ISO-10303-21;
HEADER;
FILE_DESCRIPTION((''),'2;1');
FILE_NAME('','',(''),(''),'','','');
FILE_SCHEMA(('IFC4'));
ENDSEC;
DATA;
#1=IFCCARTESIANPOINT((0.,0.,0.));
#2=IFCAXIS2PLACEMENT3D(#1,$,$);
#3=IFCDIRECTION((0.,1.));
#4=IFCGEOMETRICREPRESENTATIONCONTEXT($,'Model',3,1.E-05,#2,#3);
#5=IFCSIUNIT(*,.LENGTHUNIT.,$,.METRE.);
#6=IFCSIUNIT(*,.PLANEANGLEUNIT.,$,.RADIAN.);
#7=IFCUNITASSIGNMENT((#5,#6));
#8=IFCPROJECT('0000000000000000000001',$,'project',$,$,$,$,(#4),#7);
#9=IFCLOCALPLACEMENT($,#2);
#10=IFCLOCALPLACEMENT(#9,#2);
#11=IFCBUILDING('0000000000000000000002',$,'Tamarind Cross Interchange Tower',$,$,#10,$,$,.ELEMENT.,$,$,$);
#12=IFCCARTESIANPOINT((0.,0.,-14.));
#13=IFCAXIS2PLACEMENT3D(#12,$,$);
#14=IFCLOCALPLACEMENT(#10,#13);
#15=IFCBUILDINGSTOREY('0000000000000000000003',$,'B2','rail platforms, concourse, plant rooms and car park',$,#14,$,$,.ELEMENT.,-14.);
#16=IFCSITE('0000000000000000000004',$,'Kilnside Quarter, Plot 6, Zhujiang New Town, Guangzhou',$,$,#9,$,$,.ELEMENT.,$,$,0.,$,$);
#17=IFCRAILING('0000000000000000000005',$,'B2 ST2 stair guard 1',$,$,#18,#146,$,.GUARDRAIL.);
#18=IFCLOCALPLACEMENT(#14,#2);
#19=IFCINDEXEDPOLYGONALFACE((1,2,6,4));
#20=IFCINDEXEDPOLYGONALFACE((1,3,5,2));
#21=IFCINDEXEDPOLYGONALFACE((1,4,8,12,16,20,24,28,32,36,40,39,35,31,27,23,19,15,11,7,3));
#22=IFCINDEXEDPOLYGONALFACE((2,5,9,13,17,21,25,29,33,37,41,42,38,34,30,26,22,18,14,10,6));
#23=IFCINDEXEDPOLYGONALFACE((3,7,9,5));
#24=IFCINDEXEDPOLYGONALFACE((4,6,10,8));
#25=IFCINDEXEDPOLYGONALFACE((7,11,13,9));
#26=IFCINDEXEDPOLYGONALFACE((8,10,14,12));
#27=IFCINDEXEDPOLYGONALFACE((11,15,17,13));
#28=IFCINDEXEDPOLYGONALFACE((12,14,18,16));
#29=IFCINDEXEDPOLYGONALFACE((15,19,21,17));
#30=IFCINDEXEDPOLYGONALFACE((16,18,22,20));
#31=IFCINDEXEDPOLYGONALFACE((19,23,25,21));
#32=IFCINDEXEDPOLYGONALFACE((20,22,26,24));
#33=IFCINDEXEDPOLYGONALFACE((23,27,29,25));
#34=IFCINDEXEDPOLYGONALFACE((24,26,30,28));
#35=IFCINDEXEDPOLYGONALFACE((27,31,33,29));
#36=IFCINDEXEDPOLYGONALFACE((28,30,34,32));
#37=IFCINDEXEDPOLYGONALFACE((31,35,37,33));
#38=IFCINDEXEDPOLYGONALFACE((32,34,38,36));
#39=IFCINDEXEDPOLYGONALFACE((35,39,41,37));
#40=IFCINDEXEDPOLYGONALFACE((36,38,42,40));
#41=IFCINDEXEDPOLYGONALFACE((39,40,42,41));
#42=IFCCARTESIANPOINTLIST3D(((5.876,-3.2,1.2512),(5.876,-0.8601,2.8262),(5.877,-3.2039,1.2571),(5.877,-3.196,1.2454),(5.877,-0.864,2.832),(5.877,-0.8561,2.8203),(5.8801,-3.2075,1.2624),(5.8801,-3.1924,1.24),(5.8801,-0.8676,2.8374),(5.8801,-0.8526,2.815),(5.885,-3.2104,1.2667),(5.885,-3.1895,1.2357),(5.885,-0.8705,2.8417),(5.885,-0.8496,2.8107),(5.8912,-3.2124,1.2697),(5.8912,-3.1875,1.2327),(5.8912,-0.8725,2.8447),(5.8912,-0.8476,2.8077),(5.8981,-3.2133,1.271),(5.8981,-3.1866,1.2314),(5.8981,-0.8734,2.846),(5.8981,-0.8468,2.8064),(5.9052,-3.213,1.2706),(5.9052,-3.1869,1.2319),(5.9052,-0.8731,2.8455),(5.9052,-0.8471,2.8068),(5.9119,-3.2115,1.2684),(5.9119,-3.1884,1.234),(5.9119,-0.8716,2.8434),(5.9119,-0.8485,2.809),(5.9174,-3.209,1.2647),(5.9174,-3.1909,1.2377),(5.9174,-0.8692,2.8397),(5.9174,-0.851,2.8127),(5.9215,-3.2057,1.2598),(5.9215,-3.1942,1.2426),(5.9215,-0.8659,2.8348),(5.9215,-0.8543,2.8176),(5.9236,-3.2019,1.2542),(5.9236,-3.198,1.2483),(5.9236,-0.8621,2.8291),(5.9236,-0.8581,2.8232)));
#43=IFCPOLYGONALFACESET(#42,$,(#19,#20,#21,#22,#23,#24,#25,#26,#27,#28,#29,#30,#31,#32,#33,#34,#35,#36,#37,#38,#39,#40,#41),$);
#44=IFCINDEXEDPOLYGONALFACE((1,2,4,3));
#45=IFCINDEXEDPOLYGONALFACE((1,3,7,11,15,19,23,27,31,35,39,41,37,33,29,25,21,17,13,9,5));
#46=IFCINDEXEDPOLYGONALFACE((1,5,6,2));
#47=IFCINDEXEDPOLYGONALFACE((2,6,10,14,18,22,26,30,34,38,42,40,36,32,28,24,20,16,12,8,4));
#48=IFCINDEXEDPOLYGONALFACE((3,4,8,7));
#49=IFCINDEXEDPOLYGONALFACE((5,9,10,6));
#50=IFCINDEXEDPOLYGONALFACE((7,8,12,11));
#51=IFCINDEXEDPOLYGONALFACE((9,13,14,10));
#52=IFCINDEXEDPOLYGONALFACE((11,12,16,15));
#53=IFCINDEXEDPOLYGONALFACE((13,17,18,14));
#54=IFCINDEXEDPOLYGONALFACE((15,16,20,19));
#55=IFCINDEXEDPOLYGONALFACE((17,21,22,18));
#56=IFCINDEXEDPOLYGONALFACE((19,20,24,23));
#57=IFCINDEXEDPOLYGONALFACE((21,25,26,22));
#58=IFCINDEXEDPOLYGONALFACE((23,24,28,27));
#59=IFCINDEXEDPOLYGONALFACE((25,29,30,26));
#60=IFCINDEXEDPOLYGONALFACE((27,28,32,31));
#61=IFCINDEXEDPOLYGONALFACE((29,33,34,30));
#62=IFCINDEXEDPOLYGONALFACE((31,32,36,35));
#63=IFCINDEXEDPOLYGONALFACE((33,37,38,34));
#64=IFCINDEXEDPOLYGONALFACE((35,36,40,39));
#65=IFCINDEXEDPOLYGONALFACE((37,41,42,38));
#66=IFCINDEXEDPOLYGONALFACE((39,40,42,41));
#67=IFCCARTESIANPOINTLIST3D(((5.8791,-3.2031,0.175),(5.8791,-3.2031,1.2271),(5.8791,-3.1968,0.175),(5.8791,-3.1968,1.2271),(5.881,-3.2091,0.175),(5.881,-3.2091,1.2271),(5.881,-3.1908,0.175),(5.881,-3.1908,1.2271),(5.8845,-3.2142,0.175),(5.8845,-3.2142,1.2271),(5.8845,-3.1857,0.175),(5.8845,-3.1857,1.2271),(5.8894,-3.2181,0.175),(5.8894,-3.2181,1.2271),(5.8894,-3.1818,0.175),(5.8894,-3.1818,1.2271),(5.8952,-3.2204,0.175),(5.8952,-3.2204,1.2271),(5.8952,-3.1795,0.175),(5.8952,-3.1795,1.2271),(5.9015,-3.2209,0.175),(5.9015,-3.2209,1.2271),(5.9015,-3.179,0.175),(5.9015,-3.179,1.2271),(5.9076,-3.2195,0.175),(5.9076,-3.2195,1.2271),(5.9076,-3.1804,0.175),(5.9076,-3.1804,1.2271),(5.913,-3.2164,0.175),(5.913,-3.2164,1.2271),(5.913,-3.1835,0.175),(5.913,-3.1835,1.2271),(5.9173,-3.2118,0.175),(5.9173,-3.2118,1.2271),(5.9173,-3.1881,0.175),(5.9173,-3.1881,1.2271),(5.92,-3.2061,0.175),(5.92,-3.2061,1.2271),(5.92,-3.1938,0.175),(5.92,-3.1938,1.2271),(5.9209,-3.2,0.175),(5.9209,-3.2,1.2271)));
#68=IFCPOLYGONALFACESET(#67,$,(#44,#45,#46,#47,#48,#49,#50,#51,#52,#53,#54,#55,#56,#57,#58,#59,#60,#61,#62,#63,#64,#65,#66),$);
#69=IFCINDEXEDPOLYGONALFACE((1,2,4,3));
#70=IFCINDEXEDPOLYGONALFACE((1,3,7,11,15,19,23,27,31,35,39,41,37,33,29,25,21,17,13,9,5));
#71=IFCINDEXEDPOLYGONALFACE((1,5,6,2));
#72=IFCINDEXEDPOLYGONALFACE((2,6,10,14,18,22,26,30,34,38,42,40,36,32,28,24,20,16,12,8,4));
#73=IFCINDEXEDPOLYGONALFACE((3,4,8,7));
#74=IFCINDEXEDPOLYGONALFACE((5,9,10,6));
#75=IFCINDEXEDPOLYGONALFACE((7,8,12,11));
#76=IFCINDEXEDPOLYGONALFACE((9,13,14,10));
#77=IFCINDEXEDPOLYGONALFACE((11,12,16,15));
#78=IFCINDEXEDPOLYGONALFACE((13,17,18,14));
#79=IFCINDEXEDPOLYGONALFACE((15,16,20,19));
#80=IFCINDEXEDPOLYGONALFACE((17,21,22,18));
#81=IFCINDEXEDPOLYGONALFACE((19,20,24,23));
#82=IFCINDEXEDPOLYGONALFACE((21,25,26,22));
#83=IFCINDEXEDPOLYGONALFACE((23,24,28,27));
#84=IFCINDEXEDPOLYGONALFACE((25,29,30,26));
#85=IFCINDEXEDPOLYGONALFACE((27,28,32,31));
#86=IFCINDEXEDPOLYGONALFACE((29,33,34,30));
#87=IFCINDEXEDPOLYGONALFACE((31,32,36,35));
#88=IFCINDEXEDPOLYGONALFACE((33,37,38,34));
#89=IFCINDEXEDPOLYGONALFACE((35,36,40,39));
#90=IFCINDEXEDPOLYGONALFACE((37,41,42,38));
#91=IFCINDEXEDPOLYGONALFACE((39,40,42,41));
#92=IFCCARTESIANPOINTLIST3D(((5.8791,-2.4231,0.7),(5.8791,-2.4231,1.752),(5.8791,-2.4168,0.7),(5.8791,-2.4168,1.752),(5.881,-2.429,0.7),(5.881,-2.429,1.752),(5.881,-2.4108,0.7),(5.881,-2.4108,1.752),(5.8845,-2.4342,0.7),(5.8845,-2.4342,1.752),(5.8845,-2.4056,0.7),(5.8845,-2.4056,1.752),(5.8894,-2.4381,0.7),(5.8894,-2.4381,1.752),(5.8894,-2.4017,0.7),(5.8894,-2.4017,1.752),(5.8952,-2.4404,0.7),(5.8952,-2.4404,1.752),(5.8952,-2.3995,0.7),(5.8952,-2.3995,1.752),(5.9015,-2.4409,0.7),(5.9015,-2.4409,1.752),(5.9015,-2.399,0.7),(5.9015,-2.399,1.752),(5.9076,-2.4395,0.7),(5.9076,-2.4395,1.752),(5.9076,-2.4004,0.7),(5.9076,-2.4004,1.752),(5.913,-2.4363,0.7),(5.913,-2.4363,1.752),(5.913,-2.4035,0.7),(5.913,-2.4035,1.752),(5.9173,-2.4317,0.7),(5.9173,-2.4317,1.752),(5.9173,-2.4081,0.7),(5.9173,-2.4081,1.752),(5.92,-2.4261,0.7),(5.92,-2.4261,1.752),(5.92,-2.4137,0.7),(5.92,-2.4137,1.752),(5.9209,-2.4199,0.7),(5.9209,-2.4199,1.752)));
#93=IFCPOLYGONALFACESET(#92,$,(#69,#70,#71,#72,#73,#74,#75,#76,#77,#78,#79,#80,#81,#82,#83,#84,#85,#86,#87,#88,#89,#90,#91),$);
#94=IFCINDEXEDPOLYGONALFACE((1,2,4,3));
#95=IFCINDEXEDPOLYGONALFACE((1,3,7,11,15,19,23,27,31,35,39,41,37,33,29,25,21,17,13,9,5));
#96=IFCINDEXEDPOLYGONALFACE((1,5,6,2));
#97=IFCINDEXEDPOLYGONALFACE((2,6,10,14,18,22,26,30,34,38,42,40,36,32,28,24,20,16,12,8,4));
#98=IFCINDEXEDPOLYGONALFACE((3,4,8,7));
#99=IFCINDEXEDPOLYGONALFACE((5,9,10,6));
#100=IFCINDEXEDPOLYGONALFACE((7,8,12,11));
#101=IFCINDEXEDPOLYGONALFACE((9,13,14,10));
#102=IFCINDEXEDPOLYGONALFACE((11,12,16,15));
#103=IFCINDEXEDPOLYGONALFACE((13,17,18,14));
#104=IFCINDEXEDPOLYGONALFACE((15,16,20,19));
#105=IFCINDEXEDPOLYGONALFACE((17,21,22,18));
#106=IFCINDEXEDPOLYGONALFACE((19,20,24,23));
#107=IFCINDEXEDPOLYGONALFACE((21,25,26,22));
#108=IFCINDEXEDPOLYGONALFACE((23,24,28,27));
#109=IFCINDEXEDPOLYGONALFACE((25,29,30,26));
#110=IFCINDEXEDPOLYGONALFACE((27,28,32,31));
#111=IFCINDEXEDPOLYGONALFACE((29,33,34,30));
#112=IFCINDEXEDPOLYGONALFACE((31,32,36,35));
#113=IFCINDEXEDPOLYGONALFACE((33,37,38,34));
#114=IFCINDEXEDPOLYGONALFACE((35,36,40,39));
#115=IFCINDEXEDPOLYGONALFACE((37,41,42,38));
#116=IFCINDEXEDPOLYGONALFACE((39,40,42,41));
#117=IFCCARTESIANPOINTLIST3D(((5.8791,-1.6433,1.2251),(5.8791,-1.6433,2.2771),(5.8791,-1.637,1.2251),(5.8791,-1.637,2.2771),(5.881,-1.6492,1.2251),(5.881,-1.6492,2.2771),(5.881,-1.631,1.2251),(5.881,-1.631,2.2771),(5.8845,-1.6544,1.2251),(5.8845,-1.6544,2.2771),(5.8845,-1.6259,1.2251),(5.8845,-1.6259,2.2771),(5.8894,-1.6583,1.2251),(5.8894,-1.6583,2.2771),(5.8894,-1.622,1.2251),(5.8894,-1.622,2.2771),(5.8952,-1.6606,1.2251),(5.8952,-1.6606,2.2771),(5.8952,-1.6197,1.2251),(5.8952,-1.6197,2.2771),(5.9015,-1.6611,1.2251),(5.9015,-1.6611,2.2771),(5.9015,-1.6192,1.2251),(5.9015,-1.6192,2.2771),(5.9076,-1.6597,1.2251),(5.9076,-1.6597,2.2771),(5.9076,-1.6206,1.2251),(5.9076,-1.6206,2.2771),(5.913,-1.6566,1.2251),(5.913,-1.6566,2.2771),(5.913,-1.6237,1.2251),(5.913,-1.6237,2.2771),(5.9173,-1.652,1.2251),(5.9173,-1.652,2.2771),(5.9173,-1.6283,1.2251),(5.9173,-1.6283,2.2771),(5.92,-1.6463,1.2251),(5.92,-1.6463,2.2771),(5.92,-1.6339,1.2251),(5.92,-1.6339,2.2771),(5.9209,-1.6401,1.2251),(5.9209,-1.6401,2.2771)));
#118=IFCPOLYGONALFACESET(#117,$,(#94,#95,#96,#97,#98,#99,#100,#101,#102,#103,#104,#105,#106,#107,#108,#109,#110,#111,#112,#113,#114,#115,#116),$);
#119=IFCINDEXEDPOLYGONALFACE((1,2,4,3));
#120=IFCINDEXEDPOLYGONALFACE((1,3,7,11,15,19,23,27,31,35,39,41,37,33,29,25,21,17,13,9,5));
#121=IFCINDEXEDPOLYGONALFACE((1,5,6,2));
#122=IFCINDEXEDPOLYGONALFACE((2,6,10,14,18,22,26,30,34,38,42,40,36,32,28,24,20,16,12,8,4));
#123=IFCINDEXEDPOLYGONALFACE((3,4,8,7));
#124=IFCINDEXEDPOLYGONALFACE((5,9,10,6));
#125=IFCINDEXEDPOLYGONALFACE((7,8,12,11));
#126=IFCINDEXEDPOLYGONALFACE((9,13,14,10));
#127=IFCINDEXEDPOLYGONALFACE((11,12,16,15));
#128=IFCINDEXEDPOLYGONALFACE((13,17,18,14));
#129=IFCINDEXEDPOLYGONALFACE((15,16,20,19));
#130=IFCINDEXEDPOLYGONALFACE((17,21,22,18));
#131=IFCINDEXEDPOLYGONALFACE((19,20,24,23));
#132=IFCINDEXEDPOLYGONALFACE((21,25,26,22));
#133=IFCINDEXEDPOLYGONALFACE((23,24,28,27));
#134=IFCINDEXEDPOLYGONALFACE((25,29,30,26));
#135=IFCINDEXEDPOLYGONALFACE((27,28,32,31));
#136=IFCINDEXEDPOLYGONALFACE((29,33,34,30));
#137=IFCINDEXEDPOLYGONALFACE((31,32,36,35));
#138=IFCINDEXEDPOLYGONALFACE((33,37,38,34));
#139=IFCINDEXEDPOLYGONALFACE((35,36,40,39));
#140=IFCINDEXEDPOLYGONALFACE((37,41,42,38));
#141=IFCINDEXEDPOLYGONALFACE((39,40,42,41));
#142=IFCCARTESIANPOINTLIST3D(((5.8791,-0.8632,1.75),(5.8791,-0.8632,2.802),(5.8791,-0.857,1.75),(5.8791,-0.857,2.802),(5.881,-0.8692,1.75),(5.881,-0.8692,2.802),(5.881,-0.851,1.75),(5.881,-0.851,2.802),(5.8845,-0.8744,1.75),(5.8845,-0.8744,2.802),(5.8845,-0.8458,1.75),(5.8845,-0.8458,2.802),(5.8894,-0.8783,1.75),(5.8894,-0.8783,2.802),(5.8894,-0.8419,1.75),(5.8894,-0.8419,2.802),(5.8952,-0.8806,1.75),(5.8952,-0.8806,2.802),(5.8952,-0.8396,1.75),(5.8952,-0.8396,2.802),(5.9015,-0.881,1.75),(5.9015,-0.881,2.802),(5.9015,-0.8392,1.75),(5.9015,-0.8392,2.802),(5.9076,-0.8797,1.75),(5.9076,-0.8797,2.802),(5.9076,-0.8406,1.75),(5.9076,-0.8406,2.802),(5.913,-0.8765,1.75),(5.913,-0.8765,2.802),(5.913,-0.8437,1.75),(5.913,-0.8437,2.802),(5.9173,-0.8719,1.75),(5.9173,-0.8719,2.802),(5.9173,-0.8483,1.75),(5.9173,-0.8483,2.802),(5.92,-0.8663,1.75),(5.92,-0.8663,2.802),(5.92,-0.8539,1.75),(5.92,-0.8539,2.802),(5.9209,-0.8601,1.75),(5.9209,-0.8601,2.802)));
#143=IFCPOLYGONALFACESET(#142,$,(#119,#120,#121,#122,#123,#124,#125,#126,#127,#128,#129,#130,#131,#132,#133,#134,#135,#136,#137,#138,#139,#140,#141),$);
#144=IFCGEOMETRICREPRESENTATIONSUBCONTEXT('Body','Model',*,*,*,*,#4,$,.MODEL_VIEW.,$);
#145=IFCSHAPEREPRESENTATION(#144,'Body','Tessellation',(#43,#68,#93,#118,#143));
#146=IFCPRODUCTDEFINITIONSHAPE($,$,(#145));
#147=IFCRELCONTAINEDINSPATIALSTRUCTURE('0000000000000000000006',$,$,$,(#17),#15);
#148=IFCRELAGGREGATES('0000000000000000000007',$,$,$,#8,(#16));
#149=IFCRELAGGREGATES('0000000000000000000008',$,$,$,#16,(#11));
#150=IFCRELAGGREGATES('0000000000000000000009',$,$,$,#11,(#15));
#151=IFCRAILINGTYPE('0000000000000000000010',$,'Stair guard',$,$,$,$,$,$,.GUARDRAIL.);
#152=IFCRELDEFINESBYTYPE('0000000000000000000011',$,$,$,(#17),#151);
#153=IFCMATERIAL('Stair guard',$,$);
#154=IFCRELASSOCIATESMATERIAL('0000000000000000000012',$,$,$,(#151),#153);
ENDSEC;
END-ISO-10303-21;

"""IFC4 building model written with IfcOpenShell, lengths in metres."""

from ifc_helpers import new_model, si_unit, direction, frame, origin, origin_2d, place, context, subcontext, project, spatial, circle, extrude, material, type_object, element, save


model = new_model("IFC4")

# Units and contexts
model_context = context("Model", 3, precision=1e-05, world=origin(), true_north=direction((0.0, 1.0)))
body_context = subcontext(model_context, "Body", "Model", "MODEL_VIEW")
ifc_project = project(units=[si_unit("LENGTHUNIT", "METRE"), si_unit("PLANEANGLEUNIT", "RADIAN")], contexts=[model_context])

# Site, building, storey
site_placement = place(None, origin())
site = spatial("IfcSite", under=ifc_project, at=site_placement, Name="Kilnside Quarter, Plot 6, Zhujiang New Town, Guangzhou", CompositionType="ELEMENT", RefElevation=0.0)
building_placement = place(site_placement, origin())
building = spatial("IfcBuilding", under=site, at=building_placement, Name="Tamarind Cross Interchange Tower", CompositionType="ELEMENT")
storey_placement = place(building_placement, frame((0.0, 0.0, -14.0)))
storey = spatial("IfcBuildingStorey", under=building, at=storey_placement, Name="B2", Description="rail platforms, concourse, plant rooms and car park", CompositionType="ELEMENT", Elevation=-14.0)

# Railing
ifc_material_1 = material(Name="Stair guard")
railing_type_1 = type_object("IfcRailingType", Name="Stair guard", PredefinedType="GUARDRAIL", material=ifc_material_1)
railing_1_placement = place(storey_placement, frame((5.8999, -3.2, 0.175)))
element("IfcRailing", 1, at=railing_1_placement, inside=storey, type_object=railing_type_1, Name="B2 ST2 stair guard 1", PredefinedType="GUARDRAIL", context=body_context, shape_type="SweptSolid", body=[
    extrude(circle(Radius=0.0239, at=origin_2d()), frame((0.0, 0.0, 1.0762), z_axis=(0.0, 0.829578, 0.55839), x_axis=(-1.0, 0.0, 0.0)), (0.0, 0.0, 1.0), 2.8206),
    extrude(circle(Radius=0.021, at=origin_2d()), origin(), (0.0, 0.0, 1.0), 1.052),
    extrude(circle(Radius=0.021, at=origin_2d()), frame((0.0, 0.78, 0.5249)), (0.0, 0.0, 1.0), 1.052),
    extrude(circle(Radius=0.021, at=origin_2d()), frame((0.0, 1.5598, 1.05)), (0.0, 0.0, 1.0), 1.052),
    extrude(circle(Radius=0.021, at=origin_2d()), frame((0.0, 2.3398, 1.575)), (0.0, 0.0, 1.0), 1.052),
])

save(model, "model.ifc")
